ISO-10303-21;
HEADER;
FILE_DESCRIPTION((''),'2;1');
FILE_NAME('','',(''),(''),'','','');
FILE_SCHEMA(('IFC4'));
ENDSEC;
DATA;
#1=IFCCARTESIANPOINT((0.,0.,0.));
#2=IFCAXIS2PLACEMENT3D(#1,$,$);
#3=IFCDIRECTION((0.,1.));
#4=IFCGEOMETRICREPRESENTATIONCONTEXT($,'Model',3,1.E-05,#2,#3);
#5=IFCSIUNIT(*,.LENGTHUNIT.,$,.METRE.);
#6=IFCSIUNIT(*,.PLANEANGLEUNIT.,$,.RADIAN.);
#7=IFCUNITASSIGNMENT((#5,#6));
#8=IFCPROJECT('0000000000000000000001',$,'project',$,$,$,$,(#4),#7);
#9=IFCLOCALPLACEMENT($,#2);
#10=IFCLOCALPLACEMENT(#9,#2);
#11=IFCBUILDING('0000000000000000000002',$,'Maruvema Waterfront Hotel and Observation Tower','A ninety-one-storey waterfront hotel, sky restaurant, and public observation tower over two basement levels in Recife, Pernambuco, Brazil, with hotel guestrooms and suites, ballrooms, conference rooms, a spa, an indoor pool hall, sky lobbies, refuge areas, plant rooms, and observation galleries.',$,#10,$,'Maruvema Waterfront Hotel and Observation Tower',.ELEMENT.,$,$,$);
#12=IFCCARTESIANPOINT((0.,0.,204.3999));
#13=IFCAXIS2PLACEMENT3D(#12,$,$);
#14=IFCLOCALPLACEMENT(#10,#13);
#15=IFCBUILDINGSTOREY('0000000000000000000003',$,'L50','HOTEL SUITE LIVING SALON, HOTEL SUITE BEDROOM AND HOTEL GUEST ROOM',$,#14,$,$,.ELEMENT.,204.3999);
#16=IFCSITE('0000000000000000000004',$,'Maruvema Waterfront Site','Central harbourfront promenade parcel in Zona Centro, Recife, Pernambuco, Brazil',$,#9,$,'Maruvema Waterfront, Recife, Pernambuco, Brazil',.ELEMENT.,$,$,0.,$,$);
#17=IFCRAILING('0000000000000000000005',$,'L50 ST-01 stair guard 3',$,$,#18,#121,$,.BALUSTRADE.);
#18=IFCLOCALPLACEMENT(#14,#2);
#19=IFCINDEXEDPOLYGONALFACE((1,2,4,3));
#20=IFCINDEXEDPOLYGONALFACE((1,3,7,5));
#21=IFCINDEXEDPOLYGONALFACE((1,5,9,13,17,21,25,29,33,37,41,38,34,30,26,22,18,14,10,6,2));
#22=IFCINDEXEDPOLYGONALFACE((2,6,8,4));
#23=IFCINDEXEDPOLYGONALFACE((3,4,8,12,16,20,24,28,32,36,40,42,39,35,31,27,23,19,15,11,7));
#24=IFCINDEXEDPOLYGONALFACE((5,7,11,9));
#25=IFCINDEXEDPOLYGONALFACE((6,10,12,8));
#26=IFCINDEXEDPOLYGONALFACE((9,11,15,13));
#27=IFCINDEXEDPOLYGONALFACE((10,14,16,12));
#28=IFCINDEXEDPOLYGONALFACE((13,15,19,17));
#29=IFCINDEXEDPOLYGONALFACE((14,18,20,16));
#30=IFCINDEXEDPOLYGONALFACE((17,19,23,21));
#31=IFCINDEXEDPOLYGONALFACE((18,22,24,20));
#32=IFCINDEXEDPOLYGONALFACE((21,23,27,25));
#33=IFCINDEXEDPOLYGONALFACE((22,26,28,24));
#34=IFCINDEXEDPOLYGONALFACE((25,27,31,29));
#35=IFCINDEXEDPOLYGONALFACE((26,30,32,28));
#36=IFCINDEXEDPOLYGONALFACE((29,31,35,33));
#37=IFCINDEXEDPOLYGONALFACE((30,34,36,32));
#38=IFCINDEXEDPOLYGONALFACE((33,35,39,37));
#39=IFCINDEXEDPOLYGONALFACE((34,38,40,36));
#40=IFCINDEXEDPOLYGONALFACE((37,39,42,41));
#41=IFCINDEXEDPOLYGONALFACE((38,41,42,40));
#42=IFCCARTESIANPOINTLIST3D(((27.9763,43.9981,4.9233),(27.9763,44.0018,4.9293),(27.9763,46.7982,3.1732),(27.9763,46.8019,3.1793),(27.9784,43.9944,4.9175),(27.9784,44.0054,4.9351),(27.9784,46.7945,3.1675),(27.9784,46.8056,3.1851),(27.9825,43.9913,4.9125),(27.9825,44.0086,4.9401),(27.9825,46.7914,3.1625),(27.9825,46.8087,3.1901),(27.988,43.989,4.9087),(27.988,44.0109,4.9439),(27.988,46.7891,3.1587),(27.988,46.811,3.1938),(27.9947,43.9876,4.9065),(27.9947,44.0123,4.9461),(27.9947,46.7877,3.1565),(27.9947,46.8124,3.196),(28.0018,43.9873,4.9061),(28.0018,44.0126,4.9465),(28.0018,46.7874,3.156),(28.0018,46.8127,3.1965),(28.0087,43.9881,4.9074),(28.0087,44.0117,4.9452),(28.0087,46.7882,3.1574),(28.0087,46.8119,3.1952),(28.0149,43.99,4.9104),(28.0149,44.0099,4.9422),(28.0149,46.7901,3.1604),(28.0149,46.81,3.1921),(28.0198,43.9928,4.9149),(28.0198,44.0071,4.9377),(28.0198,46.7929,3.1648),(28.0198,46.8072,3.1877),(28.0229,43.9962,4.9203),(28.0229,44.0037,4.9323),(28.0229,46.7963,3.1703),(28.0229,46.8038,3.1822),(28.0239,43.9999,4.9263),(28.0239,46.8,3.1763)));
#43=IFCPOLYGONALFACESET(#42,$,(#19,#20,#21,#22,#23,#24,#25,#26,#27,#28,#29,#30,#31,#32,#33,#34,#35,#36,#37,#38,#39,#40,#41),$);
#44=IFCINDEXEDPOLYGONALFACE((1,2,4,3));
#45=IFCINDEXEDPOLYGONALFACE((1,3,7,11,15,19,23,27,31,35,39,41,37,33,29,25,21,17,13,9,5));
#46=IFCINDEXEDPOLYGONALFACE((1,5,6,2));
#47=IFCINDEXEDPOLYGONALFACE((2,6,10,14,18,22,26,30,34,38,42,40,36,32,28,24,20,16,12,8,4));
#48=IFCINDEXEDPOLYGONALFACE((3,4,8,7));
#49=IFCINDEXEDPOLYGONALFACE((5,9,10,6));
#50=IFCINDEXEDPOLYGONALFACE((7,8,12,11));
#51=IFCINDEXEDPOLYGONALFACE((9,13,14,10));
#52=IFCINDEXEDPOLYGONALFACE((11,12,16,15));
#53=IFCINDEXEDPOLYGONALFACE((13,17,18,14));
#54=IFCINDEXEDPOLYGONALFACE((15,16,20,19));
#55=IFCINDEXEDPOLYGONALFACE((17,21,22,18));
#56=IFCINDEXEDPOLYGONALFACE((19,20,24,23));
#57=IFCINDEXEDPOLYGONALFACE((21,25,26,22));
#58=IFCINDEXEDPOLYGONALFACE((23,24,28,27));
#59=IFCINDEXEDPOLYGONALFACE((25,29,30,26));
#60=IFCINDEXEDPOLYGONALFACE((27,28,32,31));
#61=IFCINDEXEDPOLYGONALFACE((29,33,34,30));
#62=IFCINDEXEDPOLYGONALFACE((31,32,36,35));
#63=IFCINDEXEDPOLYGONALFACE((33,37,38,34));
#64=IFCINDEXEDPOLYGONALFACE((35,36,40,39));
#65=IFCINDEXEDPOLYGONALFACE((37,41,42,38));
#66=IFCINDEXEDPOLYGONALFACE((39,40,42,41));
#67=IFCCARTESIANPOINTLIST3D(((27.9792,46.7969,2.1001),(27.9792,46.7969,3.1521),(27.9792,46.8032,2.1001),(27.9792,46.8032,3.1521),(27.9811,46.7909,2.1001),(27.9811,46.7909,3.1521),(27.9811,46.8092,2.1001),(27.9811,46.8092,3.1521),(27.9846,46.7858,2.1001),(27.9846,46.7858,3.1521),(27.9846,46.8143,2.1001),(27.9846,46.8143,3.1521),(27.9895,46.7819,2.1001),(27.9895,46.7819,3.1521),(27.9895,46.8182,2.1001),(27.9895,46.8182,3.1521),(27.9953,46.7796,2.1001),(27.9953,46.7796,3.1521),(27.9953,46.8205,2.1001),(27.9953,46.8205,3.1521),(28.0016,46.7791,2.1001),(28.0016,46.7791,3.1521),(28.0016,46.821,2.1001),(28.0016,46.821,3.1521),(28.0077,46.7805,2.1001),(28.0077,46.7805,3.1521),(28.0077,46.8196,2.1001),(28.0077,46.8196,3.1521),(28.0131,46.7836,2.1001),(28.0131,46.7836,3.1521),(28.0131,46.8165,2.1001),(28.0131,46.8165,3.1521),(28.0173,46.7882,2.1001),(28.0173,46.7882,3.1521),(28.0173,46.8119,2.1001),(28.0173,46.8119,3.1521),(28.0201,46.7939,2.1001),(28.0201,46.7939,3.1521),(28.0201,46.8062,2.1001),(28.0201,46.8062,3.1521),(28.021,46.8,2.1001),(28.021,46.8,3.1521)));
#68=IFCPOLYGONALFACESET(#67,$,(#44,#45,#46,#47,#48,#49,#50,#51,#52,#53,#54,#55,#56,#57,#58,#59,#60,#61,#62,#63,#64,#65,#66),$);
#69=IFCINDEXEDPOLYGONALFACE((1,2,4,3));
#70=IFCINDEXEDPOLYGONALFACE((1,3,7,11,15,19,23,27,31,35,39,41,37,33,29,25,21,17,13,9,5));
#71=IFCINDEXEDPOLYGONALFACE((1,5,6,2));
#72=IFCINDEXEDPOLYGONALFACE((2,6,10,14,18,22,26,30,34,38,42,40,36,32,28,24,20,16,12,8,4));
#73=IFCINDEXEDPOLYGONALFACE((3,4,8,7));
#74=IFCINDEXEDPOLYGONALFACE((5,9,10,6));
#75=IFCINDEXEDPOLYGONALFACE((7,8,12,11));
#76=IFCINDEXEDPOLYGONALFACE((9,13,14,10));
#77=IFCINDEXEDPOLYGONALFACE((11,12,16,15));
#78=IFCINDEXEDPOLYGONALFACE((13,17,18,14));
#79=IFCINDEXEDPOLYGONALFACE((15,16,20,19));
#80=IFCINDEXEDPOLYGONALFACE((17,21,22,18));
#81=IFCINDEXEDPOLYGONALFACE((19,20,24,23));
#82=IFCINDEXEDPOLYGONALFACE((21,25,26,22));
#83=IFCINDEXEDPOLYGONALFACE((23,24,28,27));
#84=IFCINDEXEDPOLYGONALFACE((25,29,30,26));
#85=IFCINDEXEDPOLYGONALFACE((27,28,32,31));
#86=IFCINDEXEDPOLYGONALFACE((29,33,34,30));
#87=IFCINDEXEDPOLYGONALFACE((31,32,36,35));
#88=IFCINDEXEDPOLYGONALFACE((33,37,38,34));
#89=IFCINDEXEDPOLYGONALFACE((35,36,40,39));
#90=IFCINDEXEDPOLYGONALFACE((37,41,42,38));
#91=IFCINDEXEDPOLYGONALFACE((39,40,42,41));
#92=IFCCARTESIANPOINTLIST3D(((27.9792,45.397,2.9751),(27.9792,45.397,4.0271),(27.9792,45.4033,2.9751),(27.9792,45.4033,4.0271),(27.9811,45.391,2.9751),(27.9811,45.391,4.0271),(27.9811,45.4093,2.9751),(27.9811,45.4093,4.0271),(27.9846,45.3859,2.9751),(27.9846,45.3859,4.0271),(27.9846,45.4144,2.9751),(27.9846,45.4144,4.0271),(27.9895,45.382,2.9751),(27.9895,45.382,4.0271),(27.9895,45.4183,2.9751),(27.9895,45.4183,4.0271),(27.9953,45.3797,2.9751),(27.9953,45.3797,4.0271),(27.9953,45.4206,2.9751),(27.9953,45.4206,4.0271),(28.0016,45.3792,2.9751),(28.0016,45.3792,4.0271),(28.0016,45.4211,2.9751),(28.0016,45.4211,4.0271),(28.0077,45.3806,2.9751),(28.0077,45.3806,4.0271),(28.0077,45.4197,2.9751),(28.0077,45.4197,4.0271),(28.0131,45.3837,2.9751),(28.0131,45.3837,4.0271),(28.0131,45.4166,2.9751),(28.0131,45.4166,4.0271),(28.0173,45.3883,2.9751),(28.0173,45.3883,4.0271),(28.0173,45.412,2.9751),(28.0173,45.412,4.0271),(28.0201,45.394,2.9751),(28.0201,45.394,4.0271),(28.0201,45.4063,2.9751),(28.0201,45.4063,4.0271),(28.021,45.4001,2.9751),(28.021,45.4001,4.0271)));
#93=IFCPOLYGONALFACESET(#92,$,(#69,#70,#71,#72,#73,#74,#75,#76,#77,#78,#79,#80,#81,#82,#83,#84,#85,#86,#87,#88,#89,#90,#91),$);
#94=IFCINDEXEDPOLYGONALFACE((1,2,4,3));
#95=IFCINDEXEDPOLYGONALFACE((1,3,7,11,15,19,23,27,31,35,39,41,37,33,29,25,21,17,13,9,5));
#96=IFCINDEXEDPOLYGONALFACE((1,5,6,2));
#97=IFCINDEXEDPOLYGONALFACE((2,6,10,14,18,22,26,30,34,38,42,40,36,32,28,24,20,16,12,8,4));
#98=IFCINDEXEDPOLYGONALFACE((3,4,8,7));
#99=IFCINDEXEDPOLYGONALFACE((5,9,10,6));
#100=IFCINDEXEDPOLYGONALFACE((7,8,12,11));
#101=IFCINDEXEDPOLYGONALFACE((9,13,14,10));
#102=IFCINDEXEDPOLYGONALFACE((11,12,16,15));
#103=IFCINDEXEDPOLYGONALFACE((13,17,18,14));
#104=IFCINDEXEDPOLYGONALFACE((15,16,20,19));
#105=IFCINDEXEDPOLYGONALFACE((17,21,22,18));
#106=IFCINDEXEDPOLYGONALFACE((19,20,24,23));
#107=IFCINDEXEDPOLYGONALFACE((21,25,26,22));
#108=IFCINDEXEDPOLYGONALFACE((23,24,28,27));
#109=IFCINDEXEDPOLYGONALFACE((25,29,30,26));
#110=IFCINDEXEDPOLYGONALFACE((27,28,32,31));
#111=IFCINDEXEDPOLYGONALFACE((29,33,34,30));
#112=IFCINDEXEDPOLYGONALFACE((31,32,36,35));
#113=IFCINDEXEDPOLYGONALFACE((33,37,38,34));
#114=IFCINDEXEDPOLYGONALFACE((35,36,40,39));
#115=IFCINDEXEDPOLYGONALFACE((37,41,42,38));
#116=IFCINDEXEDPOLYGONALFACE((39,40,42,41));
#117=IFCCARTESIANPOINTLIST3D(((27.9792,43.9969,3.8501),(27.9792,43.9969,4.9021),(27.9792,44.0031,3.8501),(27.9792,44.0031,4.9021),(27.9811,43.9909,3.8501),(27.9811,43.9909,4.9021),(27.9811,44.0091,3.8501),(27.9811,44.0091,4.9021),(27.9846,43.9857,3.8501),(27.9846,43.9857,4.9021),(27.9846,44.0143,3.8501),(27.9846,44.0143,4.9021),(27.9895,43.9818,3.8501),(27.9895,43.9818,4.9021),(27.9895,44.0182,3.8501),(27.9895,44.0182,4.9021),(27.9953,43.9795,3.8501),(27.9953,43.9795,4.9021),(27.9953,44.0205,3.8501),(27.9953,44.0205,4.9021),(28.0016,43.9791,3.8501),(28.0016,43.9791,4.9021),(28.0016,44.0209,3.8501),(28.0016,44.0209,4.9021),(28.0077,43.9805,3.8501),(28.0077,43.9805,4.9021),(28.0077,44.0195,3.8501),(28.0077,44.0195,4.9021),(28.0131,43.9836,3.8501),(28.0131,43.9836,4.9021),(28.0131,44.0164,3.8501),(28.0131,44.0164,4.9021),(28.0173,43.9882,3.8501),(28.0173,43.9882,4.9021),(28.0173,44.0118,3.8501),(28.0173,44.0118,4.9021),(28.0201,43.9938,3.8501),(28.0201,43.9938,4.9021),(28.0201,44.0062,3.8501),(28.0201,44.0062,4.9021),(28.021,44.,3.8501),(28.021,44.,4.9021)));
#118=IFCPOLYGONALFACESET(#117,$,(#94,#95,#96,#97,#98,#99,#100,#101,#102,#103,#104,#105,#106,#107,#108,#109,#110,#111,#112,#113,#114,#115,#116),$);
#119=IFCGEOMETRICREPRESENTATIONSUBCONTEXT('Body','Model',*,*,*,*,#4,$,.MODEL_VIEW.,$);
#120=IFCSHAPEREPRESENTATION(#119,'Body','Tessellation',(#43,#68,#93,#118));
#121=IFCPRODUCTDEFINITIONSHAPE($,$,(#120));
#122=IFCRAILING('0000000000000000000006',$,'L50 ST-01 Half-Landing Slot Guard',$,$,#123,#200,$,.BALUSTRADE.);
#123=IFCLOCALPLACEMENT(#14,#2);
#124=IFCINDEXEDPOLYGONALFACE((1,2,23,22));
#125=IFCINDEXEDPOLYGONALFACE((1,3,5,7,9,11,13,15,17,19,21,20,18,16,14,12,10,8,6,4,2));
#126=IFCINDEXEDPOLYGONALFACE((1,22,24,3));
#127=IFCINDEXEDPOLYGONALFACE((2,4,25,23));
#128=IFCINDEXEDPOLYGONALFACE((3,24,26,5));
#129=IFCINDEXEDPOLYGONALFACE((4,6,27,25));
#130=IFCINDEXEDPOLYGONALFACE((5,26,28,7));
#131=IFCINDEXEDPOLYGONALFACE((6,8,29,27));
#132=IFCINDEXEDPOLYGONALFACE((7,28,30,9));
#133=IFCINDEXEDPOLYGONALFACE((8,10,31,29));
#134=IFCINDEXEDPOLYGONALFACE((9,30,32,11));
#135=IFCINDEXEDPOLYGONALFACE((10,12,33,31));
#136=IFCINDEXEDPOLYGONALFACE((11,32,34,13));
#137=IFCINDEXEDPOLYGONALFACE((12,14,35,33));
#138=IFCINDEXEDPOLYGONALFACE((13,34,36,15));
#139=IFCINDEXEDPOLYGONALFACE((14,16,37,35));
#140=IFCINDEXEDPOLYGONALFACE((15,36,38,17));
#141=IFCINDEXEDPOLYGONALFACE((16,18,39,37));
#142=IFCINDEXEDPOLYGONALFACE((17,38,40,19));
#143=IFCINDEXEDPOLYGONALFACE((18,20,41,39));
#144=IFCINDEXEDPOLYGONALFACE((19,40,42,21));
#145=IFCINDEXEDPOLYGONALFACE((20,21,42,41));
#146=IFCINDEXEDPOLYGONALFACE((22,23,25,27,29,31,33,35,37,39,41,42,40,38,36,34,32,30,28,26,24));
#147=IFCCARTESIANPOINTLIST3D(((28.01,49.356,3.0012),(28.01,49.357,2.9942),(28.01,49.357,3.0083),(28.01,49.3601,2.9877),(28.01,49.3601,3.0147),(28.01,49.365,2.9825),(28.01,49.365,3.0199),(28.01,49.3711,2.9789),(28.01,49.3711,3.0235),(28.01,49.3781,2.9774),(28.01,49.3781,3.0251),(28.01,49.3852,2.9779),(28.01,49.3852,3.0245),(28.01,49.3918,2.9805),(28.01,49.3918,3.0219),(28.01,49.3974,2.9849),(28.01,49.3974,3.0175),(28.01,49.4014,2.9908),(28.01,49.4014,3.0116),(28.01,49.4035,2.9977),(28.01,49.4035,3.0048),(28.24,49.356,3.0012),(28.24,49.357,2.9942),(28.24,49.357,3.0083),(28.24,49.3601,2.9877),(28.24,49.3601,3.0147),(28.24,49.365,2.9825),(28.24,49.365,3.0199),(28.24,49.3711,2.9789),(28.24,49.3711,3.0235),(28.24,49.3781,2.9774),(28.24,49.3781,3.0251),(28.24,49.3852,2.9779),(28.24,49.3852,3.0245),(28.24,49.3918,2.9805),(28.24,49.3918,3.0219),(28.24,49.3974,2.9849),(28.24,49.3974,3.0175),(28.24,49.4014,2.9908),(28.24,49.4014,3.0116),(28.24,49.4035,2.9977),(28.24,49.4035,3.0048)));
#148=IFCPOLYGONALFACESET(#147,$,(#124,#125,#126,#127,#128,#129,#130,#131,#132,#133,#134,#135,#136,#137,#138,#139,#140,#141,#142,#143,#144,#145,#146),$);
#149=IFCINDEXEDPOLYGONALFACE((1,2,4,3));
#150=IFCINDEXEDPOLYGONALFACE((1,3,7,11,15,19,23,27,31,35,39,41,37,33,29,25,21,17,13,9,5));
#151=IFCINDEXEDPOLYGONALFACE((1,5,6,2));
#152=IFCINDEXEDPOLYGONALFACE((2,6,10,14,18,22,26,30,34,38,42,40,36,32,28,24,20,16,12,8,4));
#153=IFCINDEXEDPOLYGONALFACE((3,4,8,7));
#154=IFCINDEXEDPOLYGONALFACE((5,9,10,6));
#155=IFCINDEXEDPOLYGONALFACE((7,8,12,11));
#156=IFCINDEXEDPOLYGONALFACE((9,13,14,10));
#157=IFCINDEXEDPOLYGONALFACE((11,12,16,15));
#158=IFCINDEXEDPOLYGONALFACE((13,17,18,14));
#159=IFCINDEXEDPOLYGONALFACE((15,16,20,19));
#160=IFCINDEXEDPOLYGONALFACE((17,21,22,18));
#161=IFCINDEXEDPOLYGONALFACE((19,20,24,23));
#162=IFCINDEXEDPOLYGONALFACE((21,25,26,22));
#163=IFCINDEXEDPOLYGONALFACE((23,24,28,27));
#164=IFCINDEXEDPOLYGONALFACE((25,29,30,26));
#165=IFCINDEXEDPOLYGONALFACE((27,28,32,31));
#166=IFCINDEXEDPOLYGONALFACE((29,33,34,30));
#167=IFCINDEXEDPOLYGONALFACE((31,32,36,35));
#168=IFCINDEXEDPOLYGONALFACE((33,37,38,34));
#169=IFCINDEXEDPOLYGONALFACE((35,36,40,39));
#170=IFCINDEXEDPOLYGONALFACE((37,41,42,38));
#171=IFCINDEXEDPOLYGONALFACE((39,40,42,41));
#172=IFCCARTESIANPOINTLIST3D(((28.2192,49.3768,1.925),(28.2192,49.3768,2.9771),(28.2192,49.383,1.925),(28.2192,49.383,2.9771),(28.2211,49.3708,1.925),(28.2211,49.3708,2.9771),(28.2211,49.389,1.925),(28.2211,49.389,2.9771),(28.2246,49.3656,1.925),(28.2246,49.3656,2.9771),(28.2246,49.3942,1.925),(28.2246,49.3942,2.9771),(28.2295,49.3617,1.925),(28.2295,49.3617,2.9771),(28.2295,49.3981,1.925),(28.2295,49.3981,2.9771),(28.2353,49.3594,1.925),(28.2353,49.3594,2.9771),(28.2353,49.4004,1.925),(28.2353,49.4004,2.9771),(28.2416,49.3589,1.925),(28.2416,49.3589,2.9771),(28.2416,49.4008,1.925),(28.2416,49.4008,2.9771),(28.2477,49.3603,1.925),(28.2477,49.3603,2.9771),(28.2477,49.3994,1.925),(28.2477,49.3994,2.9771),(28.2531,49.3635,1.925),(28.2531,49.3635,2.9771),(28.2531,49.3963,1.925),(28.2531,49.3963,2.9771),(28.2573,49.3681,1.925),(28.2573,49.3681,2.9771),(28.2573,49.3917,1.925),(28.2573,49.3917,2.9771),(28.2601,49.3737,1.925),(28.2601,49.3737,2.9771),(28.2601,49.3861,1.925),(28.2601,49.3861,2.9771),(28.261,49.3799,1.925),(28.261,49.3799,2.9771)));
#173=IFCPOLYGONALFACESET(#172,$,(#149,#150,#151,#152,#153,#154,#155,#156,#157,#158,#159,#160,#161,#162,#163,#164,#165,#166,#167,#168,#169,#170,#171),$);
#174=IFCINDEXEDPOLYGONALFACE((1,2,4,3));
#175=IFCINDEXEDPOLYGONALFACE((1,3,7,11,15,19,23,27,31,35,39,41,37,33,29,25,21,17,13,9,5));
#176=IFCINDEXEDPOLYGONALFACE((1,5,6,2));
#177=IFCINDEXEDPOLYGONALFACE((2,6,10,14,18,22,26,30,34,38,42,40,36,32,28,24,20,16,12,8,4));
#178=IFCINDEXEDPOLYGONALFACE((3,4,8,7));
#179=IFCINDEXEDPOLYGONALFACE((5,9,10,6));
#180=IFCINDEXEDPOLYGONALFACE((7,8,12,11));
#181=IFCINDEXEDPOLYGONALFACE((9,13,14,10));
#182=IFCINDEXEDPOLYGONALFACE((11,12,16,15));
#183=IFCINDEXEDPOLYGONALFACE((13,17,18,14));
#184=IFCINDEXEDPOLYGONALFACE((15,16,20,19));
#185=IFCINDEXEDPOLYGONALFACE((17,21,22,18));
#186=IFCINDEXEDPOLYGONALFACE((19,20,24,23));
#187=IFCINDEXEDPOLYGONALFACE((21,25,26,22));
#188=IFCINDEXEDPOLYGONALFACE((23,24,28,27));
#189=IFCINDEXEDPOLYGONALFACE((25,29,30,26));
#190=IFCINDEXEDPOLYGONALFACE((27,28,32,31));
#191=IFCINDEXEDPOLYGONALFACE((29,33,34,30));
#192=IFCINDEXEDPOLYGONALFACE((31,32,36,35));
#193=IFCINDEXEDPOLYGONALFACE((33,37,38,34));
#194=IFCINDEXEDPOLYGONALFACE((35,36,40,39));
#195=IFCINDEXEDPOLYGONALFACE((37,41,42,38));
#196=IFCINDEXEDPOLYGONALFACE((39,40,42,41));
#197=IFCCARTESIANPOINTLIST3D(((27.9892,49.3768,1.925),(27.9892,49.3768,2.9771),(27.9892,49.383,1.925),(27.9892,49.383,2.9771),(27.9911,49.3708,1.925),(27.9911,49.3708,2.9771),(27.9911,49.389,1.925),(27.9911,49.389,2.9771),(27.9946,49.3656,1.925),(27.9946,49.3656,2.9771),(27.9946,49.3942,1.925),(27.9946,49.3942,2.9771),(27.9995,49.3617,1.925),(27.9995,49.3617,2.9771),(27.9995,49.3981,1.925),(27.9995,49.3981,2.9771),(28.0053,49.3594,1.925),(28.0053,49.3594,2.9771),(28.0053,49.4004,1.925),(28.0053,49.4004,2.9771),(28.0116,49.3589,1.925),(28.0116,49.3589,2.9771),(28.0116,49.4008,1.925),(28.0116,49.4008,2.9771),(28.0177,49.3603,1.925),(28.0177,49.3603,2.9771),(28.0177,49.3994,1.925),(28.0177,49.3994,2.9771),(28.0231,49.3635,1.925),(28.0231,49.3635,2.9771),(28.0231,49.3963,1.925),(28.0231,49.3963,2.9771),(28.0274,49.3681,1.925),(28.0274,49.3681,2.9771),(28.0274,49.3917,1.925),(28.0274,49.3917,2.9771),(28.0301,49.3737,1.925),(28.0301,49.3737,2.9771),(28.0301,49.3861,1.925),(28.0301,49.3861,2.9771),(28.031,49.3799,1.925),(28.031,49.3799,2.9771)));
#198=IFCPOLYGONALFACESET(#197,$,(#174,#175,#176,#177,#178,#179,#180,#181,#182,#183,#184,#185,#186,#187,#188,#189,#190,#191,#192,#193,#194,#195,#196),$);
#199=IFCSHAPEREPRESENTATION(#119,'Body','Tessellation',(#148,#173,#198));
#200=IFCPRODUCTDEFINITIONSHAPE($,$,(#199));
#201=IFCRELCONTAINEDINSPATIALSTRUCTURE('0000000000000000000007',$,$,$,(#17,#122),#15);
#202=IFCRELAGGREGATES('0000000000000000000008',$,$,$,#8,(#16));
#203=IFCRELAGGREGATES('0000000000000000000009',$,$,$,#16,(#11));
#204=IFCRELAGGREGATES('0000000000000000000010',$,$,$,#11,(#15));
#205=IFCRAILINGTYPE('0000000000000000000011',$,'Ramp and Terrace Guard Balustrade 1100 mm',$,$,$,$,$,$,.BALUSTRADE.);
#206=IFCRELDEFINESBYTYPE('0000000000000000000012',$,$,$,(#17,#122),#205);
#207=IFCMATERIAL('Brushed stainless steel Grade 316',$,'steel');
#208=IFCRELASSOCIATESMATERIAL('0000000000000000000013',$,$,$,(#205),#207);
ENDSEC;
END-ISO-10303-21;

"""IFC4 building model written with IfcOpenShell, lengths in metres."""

from ifc_helpers import new_model, si_unit, direction, frame, origin, origin_2d, place, context, subcontext, project, spatial, circle, extrude, material, type_object, element, save


model = new_model("IFC4")

# Units and contexts
model_context = context("Model", 3, precision=1e-05, world=origin(), true_north=direction((0.0, 1.0)))
body_context = subcontext(model_context, "Body", "Model", "MODEL_VIEW")
ifc_project = project(units=[si_unit("LENGTHUNIT", "METRE"), si_unit("PLANEANGLEUNIT", "RADIAN")], contexts=[model_context])

# Site, building, storey
site_placement = place(None, origin())
site = spatial("IfcSite", under=ifc_project, at=site_placement, Name="Maruvema Waterfront Site", Description="Central harbourfront promenade parcel in Zona Centro, Recife, Pernambuco, Brazil", LongName="Maruvema Waterfront, Recife, Pernambuco, Brazil", CompositionType="ELEMENT", RefElevation=0.0)
building_placement = place(site_placement, origin())
building = spatial("IfcBuilding", under=site, at=building_placement, Name="Maruvema Waterfront Hotel and Observation Tower", Description="A ninety-one-storey waterfront hotel, sky restaurant, and public observation tower over two basement levels in Recife, Pernambuco, Brazil, with hotel guestrooms and suites, ballrooms, conference rooms, a spa, an indoor pool hall, sky lobbies, refuge areas, plant rooms, and observation galleries.", LongName="Maruvema Waterfront Hotel and Observation Tower", CompositionType="ELEMENT")
storey_placement = place(building_placement, frame((0.0, 0.0, 204.3999)))
storey = spatial("IfcBuildingStorey", under=building, at=storey_placement, Name="L50", Description="HOTEL SUITE LIVING SALON, HOTEL SUITE BEDROOM AND HOTEL GUEST ROOM", CompositionType="ELEMENT", Elevation=204.3999)

# Railings
ifc_material_1 = material(Name="Brushed stainless steel Grade 316", Category="steel")
railing_type_1 = type_object("IfcRailingType", Name="Ramp and Terrace Guard Balustrade 1100 mm", PredefinedType="BALUSTRADE", material=ifc_material_1)
railing_1_placement = place(storey_placement, frame((28.0, 46.8, 2.1001)))
element("IfcRailing", 1, at=railing_1_placement, inside=storey, type_object=railing_type_1, Name="L50 ST-01 stair guard 3", PredefinedType="BALUSTRADE", context=body_context, shape_type="SweptSolid", body=[
    extrude(circle(Radius=0.0239, at=origin_2d()), frame((0.0, 0.0, 1.0762), z_axis=(0.0, -0.848002, 0.529992), x_axis=(1.0, 0.0, 0.0)), (0.0, 0.0, 1.0), 3.302),
    extrude(circle(Radius=0.021, at=origin_2d()), origin(), (0.0, 0.0, 1.0), 1.052),
    extrude(circle(Radius=0.021, at=origin_2d()), frame((0.0, -1.3999, 0.875)), (0.0, 0.0, 1.0), 1.052),
    extrude(circle(Radius=0.021, at=origin_2d()), frame((0.0, -2.8, 1.75)), (0.0, 0.0, 1.0), 1.052),
])
railing_2_placement = place(storey_placement, frame((28.24, 49.3799, 1.925)))
element("IfcRailing", 2, at=railing_2_placement, inside=storey, type_object=railing_type_1, Name="L50 ST-01 Half-Landing Slot Guard", PredefinedType="BALUSTRADE", context=body_context, shape_type="SweptSolid", body=[
    extrude(circle(Radius=0.0239, at=origin_2d()), frame((0.0, 0.0, 1.0762), z_axis=(-1.0, 0.0, 0.0), x_axis=(0.0, -1.0, 0.0)), (0.0, 0.0, 1.0), 0.23),
    extrude(circle(Radius=0.021, at=origin_2d()), origin(), (0.0, 0.0, 1.0), 1.052),
    extrude(circle(Radius=0.021, at=origin_2d()), frame((-0.23, 0.0, 0.0)), (0.0, 0.0, 1.0), 1.052),
])

save(model, "model.ifc")
